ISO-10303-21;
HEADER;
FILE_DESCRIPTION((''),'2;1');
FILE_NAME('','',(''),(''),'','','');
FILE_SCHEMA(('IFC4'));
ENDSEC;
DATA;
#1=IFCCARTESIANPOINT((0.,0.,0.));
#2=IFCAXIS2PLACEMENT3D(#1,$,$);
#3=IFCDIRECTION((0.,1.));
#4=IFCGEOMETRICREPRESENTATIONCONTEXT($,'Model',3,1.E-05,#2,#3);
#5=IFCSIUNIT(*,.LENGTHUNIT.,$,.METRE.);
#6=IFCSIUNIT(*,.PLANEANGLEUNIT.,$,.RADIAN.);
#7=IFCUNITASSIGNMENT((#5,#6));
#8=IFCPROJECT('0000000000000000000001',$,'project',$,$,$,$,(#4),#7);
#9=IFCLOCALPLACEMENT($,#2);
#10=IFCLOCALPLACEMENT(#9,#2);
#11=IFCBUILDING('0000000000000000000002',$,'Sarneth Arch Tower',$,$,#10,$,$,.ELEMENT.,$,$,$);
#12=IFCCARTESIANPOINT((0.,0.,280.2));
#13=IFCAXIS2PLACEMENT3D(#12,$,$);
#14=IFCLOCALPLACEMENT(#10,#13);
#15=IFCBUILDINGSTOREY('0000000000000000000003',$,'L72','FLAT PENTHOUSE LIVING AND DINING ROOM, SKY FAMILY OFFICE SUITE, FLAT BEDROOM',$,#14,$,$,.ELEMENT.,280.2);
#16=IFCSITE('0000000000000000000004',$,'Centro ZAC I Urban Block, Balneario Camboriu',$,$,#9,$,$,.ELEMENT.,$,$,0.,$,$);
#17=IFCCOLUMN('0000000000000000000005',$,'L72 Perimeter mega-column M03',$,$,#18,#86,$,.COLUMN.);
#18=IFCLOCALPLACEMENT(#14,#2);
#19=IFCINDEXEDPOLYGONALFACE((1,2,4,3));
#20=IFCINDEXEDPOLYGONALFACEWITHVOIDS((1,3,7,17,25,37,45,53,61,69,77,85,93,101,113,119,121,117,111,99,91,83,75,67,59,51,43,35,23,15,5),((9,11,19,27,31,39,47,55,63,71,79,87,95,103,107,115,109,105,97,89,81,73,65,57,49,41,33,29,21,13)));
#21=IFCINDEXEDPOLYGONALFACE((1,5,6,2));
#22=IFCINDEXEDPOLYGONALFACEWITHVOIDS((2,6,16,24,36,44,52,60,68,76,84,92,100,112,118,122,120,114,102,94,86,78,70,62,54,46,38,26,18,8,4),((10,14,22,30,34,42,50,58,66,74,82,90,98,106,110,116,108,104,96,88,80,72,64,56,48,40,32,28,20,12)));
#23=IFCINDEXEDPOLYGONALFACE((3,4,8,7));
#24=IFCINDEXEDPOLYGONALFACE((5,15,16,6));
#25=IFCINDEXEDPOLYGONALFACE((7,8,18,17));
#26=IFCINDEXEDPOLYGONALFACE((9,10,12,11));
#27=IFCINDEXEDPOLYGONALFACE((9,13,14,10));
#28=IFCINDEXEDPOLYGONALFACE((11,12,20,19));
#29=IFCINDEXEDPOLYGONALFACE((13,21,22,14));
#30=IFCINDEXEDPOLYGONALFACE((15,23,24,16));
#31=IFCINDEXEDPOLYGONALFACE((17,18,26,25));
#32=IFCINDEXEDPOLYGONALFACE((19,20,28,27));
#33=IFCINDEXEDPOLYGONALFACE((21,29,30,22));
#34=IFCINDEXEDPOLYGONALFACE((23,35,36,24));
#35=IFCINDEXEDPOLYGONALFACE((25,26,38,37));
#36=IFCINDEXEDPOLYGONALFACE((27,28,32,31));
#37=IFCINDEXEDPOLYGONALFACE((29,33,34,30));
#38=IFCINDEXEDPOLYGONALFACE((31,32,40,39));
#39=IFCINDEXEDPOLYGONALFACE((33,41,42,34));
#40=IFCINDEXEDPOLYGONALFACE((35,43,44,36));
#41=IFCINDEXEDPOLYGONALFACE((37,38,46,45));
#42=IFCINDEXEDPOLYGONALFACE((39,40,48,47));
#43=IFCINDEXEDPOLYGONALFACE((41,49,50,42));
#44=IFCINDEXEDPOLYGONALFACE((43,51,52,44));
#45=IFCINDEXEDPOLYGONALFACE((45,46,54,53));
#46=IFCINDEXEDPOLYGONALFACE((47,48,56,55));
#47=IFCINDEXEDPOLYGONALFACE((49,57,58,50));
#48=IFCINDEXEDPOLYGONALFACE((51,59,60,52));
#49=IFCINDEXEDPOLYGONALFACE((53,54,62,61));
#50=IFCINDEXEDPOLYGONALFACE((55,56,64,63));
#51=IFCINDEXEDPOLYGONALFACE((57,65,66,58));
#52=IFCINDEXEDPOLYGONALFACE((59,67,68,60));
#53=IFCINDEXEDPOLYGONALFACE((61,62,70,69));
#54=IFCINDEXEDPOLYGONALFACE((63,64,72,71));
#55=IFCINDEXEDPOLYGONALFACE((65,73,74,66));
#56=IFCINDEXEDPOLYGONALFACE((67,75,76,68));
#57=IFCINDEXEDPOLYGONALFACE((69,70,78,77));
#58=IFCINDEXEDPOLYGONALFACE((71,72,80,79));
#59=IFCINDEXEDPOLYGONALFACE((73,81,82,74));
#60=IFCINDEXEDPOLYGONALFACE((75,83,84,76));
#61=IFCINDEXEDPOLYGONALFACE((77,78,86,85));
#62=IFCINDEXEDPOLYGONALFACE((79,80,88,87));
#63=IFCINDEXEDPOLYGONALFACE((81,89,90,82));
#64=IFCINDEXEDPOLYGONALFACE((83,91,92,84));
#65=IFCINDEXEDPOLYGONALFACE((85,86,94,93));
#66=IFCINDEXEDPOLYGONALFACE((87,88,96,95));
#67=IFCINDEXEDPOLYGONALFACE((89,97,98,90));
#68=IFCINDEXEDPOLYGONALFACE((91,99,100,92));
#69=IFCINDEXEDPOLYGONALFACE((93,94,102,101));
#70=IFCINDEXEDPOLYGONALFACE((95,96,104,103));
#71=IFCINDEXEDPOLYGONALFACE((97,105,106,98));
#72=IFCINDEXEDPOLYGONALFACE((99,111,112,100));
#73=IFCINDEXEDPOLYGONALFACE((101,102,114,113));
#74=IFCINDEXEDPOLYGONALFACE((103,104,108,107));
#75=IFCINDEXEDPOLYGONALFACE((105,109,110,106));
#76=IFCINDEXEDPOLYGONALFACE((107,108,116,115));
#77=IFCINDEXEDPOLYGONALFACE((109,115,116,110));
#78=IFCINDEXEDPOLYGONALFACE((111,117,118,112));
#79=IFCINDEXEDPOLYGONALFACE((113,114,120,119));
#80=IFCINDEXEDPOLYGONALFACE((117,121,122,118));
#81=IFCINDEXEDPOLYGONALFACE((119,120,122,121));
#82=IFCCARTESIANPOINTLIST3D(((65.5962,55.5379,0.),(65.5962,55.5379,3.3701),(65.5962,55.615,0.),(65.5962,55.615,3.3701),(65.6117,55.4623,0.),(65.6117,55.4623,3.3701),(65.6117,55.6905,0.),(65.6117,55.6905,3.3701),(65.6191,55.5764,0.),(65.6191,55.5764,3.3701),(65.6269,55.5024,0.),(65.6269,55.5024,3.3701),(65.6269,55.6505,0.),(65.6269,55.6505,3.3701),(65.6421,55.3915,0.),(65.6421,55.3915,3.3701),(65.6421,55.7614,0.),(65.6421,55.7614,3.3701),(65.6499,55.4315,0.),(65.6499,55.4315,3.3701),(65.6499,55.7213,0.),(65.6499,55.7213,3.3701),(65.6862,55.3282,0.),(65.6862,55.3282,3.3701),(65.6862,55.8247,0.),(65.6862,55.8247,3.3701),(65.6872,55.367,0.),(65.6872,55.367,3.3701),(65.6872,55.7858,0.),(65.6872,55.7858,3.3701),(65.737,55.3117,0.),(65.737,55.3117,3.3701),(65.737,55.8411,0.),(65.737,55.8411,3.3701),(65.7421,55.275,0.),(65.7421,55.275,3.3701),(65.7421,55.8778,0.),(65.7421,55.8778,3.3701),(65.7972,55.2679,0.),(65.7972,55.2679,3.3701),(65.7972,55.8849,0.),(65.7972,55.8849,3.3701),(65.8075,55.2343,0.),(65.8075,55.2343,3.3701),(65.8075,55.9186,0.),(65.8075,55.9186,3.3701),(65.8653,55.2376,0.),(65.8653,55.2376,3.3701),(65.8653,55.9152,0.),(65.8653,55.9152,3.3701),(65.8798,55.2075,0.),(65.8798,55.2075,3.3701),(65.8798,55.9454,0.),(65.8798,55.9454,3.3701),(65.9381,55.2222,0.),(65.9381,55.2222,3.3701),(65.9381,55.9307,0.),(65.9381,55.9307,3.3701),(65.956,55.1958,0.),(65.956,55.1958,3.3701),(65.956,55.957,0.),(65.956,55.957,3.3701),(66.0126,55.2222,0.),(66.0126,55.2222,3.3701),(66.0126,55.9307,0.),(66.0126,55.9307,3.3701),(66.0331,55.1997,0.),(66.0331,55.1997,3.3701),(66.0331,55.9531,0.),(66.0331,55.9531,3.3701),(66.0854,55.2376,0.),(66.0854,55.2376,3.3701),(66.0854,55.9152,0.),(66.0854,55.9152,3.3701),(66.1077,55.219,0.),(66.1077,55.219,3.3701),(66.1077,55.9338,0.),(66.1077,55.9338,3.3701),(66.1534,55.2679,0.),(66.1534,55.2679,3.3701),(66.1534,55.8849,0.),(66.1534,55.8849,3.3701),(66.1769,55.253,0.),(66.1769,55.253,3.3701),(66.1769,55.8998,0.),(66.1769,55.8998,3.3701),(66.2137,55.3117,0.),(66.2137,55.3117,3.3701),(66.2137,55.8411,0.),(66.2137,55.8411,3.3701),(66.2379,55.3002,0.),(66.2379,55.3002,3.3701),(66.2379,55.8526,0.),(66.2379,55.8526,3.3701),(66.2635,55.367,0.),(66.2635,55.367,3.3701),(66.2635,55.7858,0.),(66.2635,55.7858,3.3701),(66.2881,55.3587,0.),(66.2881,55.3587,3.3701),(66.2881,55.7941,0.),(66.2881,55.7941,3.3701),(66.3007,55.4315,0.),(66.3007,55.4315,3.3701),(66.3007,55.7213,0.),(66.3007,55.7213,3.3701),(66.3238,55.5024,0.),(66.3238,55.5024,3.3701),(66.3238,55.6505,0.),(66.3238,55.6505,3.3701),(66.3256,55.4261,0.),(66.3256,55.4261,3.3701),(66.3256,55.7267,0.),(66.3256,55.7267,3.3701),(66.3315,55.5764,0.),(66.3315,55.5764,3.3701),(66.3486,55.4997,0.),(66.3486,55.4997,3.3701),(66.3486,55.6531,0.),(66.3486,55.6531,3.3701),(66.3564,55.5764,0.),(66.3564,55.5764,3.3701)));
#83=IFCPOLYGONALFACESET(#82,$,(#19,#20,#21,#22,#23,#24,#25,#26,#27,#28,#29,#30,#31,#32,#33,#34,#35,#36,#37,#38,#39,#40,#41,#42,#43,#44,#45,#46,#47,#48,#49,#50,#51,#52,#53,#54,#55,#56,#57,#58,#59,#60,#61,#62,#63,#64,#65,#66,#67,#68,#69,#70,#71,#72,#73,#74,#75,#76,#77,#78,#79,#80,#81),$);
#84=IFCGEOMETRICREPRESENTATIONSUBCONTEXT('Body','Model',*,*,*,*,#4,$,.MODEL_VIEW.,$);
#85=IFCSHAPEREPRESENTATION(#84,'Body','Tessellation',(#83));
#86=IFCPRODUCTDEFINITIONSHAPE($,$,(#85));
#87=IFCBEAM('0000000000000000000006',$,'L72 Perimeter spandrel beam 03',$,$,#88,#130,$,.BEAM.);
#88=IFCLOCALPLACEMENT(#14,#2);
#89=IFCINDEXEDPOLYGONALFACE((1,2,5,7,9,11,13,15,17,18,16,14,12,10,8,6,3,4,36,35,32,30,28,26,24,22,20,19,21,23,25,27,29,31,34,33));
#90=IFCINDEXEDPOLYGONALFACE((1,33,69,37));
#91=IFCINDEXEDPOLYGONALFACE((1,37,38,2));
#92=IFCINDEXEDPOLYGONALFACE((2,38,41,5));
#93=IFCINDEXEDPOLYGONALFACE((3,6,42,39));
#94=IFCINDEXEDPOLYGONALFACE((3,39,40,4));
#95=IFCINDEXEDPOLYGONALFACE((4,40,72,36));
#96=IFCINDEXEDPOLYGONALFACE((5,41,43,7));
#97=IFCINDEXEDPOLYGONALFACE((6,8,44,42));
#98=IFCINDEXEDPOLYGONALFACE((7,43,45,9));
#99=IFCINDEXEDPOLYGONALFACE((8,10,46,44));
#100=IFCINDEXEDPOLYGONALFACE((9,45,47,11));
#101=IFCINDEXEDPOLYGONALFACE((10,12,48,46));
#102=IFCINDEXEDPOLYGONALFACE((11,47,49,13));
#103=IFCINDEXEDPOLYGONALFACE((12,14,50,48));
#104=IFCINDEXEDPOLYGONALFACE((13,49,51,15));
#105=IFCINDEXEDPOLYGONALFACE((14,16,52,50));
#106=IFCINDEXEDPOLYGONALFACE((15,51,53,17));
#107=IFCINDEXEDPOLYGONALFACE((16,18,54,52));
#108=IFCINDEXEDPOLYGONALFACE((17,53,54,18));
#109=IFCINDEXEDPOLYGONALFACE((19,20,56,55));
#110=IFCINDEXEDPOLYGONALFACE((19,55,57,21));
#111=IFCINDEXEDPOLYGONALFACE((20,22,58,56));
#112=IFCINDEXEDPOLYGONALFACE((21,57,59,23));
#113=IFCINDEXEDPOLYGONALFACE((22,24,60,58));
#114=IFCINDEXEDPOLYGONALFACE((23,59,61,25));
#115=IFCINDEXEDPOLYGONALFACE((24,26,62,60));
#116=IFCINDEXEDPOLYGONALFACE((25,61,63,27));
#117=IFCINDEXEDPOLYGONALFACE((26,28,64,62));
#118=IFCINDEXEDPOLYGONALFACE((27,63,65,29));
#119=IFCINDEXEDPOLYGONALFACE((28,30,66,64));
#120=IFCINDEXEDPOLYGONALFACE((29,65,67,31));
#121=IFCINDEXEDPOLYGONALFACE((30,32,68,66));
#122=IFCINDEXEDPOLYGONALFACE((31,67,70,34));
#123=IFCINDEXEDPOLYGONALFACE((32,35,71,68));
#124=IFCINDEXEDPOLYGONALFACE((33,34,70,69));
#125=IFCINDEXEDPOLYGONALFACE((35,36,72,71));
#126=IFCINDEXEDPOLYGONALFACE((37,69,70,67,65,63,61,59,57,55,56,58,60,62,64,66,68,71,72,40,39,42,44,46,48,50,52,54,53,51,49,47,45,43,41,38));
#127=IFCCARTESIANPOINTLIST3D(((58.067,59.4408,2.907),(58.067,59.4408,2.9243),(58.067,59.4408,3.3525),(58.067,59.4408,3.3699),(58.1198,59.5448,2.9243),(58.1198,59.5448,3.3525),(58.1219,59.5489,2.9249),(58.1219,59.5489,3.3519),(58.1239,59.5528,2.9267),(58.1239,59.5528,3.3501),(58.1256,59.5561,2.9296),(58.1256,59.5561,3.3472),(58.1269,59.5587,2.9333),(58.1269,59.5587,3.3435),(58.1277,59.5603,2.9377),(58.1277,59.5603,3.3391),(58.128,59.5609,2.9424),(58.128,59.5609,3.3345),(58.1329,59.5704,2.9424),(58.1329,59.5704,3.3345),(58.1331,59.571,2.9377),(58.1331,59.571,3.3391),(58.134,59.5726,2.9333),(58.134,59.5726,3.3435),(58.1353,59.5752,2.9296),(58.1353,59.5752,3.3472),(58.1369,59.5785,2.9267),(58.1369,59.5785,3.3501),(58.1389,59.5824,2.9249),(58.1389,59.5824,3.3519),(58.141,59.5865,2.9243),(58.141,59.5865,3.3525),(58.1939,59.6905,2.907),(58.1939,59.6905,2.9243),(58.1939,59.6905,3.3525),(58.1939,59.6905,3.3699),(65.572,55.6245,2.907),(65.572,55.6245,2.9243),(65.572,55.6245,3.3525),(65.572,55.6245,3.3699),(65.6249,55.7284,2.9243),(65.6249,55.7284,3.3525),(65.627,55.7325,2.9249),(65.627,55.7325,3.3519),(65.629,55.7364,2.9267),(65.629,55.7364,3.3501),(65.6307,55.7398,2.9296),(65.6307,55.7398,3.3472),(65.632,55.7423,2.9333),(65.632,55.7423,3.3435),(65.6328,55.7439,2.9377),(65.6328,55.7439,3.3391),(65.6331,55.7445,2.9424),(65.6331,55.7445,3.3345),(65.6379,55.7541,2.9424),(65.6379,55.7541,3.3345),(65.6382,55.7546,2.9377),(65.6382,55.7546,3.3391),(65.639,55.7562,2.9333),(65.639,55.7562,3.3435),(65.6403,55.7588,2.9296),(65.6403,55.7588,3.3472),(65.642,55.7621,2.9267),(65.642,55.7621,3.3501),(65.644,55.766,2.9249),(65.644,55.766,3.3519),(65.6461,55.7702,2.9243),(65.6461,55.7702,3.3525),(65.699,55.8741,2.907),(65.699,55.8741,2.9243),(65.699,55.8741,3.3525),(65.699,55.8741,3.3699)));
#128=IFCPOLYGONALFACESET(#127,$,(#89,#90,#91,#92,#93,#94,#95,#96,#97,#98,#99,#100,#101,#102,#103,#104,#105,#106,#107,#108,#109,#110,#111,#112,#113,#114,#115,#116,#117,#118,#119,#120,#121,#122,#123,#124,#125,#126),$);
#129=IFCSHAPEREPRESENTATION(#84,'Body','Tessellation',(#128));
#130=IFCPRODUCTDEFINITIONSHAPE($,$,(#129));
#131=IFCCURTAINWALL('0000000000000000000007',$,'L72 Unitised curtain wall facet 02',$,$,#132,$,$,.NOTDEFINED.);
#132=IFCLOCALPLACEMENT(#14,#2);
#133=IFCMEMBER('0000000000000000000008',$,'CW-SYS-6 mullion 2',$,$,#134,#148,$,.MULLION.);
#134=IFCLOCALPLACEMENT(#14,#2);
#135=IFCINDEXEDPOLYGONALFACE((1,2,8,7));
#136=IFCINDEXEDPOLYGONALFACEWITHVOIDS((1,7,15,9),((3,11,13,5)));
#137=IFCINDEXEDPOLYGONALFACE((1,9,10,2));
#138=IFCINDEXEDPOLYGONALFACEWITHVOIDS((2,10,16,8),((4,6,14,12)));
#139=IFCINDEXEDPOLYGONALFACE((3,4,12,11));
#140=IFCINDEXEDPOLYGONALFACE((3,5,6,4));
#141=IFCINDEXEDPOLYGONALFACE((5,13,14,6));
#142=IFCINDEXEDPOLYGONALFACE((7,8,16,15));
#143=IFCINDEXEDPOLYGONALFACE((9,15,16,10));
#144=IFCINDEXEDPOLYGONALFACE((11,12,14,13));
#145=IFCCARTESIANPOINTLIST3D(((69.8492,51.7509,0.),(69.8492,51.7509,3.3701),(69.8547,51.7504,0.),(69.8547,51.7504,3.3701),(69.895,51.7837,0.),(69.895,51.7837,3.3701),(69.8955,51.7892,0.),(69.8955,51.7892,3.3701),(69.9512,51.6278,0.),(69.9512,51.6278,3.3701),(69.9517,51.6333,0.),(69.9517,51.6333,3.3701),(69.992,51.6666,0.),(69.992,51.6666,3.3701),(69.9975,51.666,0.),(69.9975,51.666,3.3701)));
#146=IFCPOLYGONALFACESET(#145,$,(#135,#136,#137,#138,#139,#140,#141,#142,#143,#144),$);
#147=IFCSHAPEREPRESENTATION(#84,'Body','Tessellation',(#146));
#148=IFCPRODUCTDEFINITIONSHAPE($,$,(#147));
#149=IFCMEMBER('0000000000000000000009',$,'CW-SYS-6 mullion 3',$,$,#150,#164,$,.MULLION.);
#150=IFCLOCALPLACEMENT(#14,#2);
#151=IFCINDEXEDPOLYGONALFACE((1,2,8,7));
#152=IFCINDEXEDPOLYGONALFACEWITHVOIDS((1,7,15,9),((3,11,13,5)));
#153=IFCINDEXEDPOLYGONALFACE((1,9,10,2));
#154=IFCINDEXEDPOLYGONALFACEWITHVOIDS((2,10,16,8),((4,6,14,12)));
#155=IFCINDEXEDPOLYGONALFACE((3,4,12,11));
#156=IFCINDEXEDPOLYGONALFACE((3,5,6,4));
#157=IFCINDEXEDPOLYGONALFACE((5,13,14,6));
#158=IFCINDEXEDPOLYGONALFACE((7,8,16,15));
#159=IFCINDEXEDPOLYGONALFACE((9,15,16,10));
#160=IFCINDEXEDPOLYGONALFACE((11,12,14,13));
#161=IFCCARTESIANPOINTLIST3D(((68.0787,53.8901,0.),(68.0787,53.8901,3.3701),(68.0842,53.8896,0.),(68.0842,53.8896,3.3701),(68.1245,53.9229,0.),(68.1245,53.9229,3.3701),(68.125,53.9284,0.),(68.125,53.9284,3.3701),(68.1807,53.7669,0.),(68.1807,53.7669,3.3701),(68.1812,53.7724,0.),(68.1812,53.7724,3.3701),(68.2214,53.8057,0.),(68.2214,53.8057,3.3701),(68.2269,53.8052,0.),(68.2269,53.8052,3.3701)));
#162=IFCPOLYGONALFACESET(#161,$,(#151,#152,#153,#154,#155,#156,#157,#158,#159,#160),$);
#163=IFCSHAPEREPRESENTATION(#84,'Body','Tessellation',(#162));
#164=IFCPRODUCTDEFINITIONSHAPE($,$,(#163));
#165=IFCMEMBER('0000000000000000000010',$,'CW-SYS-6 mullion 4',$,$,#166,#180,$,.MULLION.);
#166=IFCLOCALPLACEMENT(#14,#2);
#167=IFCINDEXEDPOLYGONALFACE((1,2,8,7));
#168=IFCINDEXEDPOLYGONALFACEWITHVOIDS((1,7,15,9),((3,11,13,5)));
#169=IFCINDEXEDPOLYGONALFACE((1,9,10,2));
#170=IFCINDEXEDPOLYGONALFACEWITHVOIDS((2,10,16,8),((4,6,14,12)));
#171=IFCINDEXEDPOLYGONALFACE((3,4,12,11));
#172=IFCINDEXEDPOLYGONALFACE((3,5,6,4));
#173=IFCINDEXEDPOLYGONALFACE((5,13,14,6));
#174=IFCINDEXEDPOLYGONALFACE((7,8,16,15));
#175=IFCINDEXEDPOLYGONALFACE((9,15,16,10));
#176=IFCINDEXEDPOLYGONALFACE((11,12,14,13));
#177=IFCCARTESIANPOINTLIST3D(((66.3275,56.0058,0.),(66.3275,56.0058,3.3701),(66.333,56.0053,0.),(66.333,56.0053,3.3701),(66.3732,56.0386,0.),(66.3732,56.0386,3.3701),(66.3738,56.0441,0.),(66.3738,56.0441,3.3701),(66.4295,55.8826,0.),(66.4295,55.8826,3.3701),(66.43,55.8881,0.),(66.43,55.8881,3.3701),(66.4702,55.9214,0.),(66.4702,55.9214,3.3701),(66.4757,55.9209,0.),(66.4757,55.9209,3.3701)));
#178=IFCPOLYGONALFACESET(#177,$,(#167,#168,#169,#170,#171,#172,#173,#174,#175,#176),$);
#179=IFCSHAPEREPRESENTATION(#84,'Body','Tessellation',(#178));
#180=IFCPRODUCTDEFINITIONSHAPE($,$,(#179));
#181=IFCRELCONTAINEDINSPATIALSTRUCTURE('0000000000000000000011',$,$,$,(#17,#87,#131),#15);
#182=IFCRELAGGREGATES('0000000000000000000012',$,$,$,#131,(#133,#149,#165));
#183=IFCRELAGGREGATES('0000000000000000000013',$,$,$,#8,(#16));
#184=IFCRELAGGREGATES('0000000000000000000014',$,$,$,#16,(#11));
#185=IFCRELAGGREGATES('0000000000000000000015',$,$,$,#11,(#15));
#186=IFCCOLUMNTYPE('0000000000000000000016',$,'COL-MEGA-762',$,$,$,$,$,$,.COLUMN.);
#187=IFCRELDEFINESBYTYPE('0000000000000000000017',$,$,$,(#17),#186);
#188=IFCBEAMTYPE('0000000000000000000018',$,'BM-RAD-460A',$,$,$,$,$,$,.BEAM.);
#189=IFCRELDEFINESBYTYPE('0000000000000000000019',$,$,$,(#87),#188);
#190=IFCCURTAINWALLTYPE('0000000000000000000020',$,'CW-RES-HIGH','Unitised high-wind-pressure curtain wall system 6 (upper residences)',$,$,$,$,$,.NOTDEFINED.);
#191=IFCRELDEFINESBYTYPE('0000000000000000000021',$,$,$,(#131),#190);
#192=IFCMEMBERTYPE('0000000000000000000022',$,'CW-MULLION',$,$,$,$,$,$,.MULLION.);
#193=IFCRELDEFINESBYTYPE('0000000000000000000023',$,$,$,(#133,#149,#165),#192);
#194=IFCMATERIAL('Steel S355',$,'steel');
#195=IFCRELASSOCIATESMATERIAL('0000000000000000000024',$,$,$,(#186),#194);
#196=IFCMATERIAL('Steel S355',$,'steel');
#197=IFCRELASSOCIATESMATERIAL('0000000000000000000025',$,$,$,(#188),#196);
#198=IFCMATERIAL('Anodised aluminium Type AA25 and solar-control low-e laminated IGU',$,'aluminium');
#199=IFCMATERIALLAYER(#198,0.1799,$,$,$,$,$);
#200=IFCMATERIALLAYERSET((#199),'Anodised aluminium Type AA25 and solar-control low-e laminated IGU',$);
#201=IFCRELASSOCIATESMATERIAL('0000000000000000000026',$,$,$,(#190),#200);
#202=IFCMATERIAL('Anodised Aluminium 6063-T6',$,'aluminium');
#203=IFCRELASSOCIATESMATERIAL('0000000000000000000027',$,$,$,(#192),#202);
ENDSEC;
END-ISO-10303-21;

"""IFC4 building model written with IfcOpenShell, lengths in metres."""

from ifc_helpers import new_model, si_unit, direction, frame, origin, origin_2d, place, context, subcontext, project, spatial, hollow_rectangle, hollow_circle, i_section, extrude, material, layer, layer_set, material_profile, profile_set, type_object, element, aggregate, save


model = new_model("IFC4")

# Units and contexts
model_context = context("Model", 3, precision=1e-05, world=origin(), true_north=direction((0.0, 1.0)))
body_context = subcontext(model_context, "Body", "Model", "MODEL_VIEW")
ifc_project = project(units=[si_unit("LENGTHUNIT", "METRE"), si_unit("PLANEANGLEUNIT", "RADIAN")], contexts=[model_context])

# Site, building, storey
site_placement = place(None, origin())
site = spatial("IfcSite", under=ifc_project, at=site_placement, Name="Centro ZAC I Urban Block, Balneario Camboriu", CompositionType="ELEMENT", RefElevation=0.0)
building_placement = place(site_placement, origin())
building = spatial("IfcBuilding", under=site, at=building_placement, Name="Sarneth Arch Tower", CompositionType="ELEMENT")
storey_placement = place(building_placement, frame((0.0, 0.0, 280.2)))
storey = spatial("IfcBuildingStorey", under=building, at=storey_placement, Name="L72", Description="FLAT PENTHOUSE LIVING AND DINING ROOM, SKY FAMILY OFFICE SUITE, FLAT BEDROOM", CompositionType="ELEMENT", Elevation=280.2)

# Column
ifc_material_1 = material(Name="Steel S355", Category="steel")
ifc_material_profile_1 = material_profile(ifc_material_1, hollow_circle(Radius=0.3811, WallThickness=0.0249, at=origin_2d()), Name="CHS762x25")
ifc_profile_set_1 = profile_set([ifc_material_profile_1], Name="Steel S355")
column_type = type_object("IfcColumnType", Name="COL-MEGA-762", PredefinedType="COLUMN", material=ifc_profile_set_1)
column_placement = place(storey_placement, frame((65.9753, 55.5764, 0.0), z_axis=(0.0, 0.0, 1.0), x_axis=(1.0, 0.0, 0.0)))
element("IfcColumn", 1, at=column_placement, inside=storey, type_object=column_type, Name="L72 Perimeter mega-column M03", PredefinedType="COLUMN", context=body_context, shape_type="SweptSolid", body=[
    extrude(hollow_circle(Radius=0.3811, WallThickness=0.0249, at=origin_2d()), origin(), (0.0, 0.0, 1.0), 3.3701),
])

# Beam
ifc_material_2 = material(Name="Steel S355", Category="steel")
ifc_material_profile_2 = material_profile(ifc_material_2, i_section(OverallWidth=0.28, OverallDepth=0.4629, WebThickness=0.0107, FlangeThickness=0.0173, FilletRadius=0.0181, at=origin_2d()), Name="W460x113")
ifc_profile_set_2 = profile_set([ifc_material_profile_2], Name="Steel S355")
beam_type = type_object("IfcBeamType", Name="BM-RAD-460A", PredefinedType="BEAM", material=ifc_profile_set_2)
beam_placement = place(storey_placement, frame((65.6355, 55.7493, 3.1384), z_axis=(-0.891374, 0.453269, 0.0), x_axis=(-0.453269, -0.891374, 0.0)))
element("IfcBeam", 2, at=beam_placement, inside=storey, type_object=beam_type, Name="L72 Perimeter spandrel beam 03", PredefinedType="BEAM", context=body_context, shape_type="SweptSolid", body=[
    extrude(i_section(OverallWidth=0.28, OverallDepth=0.4629, WebThickness=0.0107, FlangeThickness=0.0173, FilletRadius=0.0181, at=origin_2d()), origin(), (0.0, 0.0, 1.0), 8.4197),
])

# Curtain wall, members
ifc_material_3 = material(Name="Anodised aluminium Type AA25 and solar-control low-e laminated IGU", Category="aluminium")
ifc_layer_1 = layer(ifc_material_3, 0.1799)
ifc_layer_set_1 = layer_set([ifc_layer_1], Name="Anodised aluminium Type AA25 and solar-control low-e laminated IGU")
curtain_wall_type = type_object("IfcCurtainWallType", Name="CW-RES-HIGH", Description="Unitised high-wind-pressure curtain wall system 6 (upper residences)", PredefinedType="NOTDEFINED", material=ifc_layer_set_1)
curtain_wall_placement = place(storey_placement, origin())
curtain_wall = element("IfcCurtainWall", 3, at=curtain_wall_placement, inside=storey, type_object=curtain_wall_type, Name="L72 Unitised curtain wall facet 02", PredefinedType="NOTDEFINED")
ifc_material_4 = material(Name="Anodised Aluminium 6063-T6", Category="aluminium")
ifc_material_profile_3 = material_profile(ifc_material_4, hollow_rectangle(XDim=0.0601, YDim=0.1599, WallThickness=0.0039, at=origin_2d()), Name="AL-MULL-160x60x4")
ifc_profile_set_3 = profile_set([ifc_material_profile_3], Name="Anodised Aluminium 6063-T6")
member_type_1 = type_object("IfcMemberType", Name="CW-MULLION", PredefinedType="MULLION", material=ifc_profile_set_3)
member_1_placement = place(storey_placement, frame((69.9233, 51.7085, 0.0), z_axis=(0.0, 0.0, 1.0), x_axis=(-0.770359, -0.63761, 0.0)))
member_1 = element("IfcMember", 4, at=member_1_placement, type_object=member_type_1, Name="CW-SYS-6 mullion 2", PredefinedType="MULLION", context=body_context, shape_type="SweptSolid", body=[
    extrude(hollow_rectangle(XDim=0.0601, YDim=0.1599, WallThickness=0.0039, at=origin_2d()), origin(), (0.0, 0.0, 1.0), 3.3701),
])
member_2_placement = place(storey_placement, frame((68.1528, 53.8477, 0.0), z_axis=(0.0, 0.0, 1.0), x_axis=(-0.770359, -0.63761, 0.0)))
member_2 = element("IfcMember", 5, at=member_2_placement, type_object=member_type_1, Name="CW-SYS-6 mullion 3", PredefinedType="MULLION", context=body_context, shape_type="SweptSolid", body=[
    extrude(hollow_rectangle(XDim=0.0601, YDim=0.1599, WallThickness=0.0039, at=origin_2d()), origin(), (0.0, 0.0, 1.0), 3.3701),
])
member_3_placement = place(storey_placement, frame((66.4016, 55.9634, 0.0), z_axis=(0.0, 0.0, 1.0), x_axis=(-0.770359, -0.63761, 0.0)))
member_3 = element("IfcMember", 6, at=member_3_placement, type_object=member_type_1, Name="CW-SYS-6 mullion 4", PredefinedType="MULLION", context=body_context, shape_type="SweptSolid", body=[
    extrude(hollow_rectangle(XDim=0.0601, YDim=0.1599, WallThickness=0.0039, at=origin_2d()), origin(), (0.0, 0.0, 1.0), 3.3701),
])

aggregate(curtain_wall, [member_1, member_2, member_3])

save(model, "model.ifc")
